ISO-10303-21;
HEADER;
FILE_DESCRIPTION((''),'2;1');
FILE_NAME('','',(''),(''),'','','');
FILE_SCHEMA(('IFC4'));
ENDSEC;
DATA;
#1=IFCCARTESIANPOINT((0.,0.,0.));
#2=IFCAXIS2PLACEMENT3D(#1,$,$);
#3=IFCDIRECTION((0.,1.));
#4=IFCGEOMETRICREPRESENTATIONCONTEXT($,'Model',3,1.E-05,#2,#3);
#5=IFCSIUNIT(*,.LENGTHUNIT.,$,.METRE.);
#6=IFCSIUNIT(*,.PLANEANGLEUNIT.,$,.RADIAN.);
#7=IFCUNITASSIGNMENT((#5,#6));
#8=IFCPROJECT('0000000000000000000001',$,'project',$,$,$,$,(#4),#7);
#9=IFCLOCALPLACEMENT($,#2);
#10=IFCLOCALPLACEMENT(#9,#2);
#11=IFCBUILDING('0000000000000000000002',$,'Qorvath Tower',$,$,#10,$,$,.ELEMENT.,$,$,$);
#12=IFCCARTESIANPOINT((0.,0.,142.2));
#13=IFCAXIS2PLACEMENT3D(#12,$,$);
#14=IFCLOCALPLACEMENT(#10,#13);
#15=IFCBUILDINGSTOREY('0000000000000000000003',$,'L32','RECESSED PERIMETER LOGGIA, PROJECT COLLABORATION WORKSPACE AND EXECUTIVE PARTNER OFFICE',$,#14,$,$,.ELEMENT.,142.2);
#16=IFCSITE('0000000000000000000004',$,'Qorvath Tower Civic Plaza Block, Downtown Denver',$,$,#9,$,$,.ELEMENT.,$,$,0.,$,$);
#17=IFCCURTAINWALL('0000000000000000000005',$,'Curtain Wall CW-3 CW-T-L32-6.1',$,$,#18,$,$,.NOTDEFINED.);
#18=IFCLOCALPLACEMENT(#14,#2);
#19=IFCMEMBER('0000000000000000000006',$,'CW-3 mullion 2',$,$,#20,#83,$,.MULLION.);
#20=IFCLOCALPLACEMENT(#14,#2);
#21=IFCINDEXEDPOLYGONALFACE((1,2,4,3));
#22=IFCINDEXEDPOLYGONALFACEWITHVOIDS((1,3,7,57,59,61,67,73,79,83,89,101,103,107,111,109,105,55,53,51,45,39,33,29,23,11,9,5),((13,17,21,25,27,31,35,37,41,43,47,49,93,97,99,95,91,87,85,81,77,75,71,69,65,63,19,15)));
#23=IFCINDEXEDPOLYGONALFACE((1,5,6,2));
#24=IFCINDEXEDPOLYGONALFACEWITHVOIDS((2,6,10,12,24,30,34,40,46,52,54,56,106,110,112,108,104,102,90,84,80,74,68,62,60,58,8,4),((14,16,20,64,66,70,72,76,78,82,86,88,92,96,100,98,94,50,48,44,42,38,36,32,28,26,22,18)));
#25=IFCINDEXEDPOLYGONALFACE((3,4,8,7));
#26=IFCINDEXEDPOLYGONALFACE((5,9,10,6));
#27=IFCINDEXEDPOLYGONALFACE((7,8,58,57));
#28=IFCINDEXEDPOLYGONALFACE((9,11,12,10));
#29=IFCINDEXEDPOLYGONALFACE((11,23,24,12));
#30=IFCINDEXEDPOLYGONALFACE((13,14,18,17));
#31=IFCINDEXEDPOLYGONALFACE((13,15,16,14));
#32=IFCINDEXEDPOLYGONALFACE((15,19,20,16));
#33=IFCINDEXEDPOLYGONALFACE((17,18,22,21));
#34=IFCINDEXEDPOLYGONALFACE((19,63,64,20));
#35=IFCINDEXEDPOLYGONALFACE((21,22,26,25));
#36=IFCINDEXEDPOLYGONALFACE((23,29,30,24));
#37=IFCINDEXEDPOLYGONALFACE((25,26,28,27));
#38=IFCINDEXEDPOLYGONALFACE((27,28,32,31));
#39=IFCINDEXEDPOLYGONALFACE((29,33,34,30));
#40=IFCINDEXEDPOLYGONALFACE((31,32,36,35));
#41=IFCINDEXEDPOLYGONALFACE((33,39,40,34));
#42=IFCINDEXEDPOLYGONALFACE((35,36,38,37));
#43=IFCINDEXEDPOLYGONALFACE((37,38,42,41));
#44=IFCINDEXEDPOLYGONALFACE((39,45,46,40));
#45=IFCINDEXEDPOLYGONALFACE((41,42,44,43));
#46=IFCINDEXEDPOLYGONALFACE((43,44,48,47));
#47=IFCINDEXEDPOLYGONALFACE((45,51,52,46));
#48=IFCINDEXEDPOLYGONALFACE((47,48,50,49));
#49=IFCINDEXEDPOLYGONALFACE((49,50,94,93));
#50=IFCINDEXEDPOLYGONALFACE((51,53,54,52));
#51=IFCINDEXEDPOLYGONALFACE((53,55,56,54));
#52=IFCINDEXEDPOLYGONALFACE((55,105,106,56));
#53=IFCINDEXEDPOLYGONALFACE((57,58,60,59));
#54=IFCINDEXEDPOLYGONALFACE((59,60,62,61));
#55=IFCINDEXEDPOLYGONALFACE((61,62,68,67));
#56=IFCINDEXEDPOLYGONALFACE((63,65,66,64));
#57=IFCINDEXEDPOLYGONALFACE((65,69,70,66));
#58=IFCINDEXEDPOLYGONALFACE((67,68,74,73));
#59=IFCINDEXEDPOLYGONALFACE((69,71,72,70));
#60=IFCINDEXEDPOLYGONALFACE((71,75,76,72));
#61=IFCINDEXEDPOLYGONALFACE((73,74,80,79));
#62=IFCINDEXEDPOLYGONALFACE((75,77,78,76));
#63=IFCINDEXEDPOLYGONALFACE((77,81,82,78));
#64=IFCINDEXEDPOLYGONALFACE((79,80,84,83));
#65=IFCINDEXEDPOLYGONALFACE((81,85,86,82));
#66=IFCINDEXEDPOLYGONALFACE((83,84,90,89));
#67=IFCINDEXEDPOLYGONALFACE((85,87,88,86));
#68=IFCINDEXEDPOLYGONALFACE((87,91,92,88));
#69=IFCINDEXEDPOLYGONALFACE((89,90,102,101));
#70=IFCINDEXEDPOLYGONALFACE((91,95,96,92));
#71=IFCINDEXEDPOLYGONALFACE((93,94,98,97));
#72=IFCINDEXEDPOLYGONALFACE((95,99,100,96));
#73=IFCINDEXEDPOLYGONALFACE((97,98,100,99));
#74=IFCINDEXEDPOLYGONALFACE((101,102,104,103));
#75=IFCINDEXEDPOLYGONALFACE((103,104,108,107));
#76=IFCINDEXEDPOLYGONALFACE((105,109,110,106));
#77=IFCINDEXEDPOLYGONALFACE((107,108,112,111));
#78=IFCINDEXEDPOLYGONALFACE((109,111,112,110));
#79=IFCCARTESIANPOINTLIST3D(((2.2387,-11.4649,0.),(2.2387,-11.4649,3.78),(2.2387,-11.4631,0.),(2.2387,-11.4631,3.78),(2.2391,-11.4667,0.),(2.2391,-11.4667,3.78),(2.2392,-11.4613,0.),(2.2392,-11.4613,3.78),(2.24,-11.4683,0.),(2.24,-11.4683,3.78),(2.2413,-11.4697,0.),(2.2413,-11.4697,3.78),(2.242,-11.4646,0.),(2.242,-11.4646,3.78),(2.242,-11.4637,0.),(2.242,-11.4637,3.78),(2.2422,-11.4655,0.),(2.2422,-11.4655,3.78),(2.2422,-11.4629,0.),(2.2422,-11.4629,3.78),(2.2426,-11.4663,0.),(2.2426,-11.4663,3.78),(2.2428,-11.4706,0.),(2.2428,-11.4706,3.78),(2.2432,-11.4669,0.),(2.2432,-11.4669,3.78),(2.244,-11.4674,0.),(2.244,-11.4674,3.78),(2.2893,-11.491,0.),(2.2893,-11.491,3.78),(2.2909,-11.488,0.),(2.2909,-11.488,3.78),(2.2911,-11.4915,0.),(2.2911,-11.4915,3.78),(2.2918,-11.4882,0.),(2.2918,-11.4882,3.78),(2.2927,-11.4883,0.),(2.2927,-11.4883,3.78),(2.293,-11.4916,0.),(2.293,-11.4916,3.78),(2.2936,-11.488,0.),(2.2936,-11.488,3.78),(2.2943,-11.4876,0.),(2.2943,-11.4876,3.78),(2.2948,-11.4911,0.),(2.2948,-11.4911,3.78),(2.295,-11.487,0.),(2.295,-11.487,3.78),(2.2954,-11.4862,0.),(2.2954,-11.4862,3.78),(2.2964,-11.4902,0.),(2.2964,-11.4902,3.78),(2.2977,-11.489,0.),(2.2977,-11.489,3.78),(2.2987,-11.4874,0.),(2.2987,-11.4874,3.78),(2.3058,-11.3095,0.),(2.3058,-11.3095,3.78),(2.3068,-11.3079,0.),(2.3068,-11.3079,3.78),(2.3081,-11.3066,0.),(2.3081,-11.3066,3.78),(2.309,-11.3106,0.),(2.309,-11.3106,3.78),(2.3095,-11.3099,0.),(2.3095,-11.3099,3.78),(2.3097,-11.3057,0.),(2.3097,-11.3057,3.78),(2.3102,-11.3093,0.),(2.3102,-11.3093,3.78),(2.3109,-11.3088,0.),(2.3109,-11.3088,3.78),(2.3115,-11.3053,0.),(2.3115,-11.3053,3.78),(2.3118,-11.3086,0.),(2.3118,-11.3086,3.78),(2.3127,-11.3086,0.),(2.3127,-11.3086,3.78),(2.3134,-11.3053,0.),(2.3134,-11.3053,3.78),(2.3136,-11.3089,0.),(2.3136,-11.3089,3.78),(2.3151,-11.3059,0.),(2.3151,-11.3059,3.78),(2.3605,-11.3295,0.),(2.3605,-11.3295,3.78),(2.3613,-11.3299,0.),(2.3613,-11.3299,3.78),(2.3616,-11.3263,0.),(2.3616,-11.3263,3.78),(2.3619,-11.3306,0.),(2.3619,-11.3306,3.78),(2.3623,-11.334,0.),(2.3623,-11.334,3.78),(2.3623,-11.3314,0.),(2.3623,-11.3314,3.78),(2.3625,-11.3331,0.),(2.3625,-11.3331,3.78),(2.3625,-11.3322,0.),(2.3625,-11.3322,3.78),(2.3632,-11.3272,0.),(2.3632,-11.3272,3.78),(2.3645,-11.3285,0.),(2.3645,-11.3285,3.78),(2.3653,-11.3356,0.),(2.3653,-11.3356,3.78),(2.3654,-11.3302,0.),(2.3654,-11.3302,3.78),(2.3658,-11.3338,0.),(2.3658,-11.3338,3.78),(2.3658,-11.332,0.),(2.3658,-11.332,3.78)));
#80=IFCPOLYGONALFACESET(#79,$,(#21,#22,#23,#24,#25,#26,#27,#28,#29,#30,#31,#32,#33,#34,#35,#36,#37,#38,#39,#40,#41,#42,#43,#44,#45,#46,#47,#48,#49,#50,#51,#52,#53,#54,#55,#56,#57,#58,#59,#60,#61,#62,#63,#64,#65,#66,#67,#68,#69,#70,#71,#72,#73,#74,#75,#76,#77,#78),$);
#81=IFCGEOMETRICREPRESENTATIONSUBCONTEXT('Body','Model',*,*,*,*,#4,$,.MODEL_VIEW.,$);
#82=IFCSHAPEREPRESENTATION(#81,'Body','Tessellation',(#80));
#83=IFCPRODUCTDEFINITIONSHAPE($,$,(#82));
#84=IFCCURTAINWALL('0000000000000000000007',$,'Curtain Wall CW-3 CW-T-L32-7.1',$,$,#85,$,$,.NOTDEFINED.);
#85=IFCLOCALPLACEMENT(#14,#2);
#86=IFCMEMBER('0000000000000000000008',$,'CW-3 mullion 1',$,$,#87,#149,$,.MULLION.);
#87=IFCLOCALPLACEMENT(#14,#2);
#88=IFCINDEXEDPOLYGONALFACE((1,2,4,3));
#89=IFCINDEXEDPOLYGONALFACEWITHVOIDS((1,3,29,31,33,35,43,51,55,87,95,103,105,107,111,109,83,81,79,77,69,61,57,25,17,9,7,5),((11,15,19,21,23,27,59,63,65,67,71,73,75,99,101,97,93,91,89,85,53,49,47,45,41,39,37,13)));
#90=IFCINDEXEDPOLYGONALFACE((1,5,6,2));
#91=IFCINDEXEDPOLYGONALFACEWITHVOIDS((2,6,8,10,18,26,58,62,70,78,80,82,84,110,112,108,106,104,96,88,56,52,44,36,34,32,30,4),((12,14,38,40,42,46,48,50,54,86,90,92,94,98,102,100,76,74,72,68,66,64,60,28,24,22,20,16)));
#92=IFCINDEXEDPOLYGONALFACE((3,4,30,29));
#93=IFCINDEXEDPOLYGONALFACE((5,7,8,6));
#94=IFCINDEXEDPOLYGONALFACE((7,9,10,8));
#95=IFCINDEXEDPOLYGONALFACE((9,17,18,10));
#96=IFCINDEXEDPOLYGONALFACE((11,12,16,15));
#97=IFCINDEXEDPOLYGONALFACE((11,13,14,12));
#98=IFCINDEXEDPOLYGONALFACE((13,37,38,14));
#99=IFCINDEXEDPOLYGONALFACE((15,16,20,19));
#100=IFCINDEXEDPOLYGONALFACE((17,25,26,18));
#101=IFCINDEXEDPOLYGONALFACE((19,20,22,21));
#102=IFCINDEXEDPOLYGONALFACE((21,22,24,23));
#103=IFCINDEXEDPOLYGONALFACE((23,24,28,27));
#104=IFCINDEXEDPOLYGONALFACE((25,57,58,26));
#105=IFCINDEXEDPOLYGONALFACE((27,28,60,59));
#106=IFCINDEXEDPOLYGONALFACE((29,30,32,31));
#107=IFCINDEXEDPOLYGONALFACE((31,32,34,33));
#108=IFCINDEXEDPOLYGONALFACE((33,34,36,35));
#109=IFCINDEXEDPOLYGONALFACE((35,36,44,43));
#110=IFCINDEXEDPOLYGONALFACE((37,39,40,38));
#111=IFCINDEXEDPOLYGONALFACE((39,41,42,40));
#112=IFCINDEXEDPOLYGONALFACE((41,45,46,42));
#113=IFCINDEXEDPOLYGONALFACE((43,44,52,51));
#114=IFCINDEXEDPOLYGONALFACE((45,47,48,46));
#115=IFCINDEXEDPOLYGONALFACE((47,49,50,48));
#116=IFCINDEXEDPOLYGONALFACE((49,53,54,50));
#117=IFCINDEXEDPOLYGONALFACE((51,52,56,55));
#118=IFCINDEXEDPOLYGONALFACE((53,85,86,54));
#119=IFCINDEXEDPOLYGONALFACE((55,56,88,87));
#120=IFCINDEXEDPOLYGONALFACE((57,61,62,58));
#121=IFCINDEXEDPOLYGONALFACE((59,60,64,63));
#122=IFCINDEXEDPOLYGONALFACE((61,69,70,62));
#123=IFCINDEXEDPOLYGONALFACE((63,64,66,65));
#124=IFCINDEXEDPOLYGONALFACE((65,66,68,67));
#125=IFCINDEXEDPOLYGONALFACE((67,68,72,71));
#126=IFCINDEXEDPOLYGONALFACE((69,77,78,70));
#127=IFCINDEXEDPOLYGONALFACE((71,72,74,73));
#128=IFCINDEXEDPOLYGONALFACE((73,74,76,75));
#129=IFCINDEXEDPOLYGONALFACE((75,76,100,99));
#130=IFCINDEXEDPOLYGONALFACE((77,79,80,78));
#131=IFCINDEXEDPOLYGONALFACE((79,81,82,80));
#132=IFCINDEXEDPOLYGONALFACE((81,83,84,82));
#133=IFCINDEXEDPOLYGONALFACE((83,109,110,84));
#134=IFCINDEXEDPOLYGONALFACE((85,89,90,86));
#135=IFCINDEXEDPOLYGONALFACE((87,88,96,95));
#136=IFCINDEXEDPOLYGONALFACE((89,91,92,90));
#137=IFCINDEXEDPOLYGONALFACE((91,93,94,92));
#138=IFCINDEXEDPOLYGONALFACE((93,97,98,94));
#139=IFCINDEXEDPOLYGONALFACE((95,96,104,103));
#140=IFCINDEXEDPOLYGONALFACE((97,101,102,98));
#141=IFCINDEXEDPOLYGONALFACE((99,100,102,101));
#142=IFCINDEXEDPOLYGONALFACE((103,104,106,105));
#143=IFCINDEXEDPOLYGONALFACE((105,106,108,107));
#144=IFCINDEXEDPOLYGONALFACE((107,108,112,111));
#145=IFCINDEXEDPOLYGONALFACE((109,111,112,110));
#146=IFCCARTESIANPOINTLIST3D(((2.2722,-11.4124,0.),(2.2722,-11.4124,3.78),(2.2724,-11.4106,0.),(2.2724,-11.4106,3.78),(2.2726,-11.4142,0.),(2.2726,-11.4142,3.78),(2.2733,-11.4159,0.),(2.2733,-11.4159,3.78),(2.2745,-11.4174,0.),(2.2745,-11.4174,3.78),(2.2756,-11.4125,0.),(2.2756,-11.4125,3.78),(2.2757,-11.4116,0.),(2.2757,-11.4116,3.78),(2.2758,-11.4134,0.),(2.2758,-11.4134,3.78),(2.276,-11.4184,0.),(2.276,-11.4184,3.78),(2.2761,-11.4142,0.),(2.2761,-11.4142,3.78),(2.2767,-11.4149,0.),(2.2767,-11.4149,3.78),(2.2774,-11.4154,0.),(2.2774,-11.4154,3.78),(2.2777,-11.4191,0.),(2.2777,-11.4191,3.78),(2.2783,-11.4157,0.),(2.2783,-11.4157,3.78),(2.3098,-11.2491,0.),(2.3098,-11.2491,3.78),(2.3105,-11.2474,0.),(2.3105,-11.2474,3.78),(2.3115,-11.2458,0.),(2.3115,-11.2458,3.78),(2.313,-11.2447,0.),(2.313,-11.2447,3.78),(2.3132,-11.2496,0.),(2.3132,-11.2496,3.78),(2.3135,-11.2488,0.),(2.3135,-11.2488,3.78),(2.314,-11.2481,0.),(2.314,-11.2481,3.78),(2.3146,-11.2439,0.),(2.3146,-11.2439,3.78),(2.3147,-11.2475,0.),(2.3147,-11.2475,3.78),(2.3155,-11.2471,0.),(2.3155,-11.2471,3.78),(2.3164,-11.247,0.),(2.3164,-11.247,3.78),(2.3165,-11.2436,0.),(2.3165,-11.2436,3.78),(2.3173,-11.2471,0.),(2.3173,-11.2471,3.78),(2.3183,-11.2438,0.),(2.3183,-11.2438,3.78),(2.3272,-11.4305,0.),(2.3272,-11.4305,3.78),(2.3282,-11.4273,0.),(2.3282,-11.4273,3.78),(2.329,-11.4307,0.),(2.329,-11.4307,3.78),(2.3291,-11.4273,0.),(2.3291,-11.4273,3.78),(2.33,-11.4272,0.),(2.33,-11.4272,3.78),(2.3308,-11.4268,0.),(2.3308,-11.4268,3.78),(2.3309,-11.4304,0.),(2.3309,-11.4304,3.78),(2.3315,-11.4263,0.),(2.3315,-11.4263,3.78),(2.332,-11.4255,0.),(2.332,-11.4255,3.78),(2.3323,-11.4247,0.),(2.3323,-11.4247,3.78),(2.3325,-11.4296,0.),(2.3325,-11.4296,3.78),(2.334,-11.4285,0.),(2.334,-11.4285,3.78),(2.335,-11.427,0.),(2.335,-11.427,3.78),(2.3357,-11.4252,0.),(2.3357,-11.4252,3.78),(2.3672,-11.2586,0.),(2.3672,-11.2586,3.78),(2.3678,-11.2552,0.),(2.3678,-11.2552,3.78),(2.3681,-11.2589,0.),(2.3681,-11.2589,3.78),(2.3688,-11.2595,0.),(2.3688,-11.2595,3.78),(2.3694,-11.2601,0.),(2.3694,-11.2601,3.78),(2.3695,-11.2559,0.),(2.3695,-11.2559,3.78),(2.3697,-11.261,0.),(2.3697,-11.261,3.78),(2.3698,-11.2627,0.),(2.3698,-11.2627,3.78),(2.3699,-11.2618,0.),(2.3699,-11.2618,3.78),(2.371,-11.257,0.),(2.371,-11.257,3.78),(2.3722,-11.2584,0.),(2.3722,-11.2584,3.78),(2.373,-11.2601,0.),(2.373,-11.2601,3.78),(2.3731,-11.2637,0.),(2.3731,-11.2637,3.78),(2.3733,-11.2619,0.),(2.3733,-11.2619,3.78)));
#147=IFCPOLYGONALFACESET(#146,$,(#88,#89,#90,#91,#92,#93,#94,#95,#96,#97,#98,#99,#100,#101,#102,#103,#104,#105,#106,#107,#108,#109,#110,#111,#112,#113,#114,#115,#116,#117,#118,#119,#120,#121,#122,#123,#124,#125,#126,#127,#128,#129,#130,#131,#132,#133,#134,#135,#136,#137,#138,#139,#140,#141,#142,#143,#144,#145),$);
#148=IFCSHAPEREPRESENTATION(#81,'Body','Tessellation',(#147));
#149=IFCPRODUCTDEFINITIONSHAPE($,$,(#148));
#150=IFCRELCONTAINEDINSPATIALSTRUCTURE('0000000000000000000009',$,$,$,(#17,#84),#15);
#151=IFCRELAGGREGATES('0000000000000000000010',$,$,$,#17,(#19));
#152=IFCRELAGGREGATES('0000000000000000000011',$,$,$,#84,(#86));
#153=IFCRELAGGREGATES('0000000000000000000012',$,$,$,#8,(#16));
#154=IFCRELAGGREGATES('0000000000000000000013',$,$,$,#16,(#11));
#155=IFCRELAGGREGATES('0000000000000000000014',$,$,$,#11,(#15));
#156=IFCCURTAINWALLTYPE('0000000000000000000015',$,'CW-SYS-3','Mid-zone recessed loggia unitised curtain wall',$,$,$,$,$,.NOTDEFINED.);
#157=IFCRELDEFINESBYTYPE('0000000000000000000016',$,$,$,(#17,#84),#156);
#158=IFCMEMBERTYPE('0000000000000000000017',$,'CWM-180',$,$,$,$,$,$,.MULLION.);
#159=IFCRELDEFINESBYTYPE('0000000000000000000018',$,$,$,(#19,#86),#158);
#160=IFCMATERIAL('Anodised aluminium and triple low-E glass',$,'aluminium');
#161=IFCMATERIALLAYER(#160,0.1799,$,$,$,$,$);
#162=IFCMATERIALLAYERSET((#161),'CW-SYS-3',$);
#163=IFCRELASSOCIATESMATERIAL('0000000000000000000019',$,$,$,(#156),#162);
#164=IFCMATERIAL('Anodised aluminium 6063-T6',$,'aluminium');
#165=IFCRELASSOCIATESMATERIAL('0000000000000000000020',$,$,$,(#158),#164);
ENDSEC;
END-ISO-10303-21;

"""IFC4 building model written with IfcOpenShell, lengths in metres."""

from ifc_helpers import new_model, si_unit, direction, frame, origin, origin_2d, place, context, subcontext, project, spatial, hollow_rectangle, extrude, material, layer, layer_set, material_profile, profile_set, type_object, element, aggregate, save


model = new_model("IFC4")

# Units and contexts
model_context = context("Model", 3, precision=1e-05, world=origin(), true_north=direction((0.0, 1.0)))
body_context = subcontext(model_context, "Body", "Model", "MODEL_VIEW")
ifc_project = project(units=[si_unit("LENGTHUNIT", "METRE"), si_unit("PLANEANGLEUNIT", "RADIAN")], contexts=[model_context])

# Site, building, storey
site_placement = place(None, origin())
site = spatial("IfcSite", under=ifc_project, at=site_placement, Name="Qorvath Tower Civic Plaza Block, Downtown Denver", CompositionType="ELEMENT", RefElevation=0.0)
building_placement = place(site_placement, origin())
building = spatial("IfcBuilding", under=site, at=building_placement, Name="Qorvath Tower", CompositionType="ELEMENT")
storey_placement = place(building_placement, frame((0.0, 0.0, 142.2)))
storey = spatial("IfcBuildingStorey", under=building, at=storey_placement, Name="L32", Description="RECESSED PERIMETER LOGGIA, PROJECT COLLABORATION WORKSPACE AND EXECUTIVE PARTNER OFFICE", CompositionType="ELEMENT", Elevation=142.2)

# Curtain walls, members
ifc_material_1 = material(Name="Anodised aluminium and triple low-E glass", Category="aluminium")
ifc_layer_1 = layer(ifc_material_1, 0.1799)
ifc_layer_set_1 = layer_set([ifc_layer_1], Name="CW-SYS-3")
curtain_wall_type = type_object("IfcCurtainWallType", Name="CW-SYS-3", Description="Mid-zone recessed loggia unitised curtain wall", PredefinedType="NOTDEFINED", material=ifc_layer_set_1)
curtain_wall_1_placement = place(storey_placement, origin())
curtain_wall_1 = element("IfcCurtainWall", 1, at=curtain_wall_1_placement, inside=storey, type_object=curtain_wall_type, Name="Curtain Wall CW-3 CW-T-L32-6.1", PredefinedType="NOTDEFINED")
ifc_material_2 = material(Name="Anodised aluminium 6063-T6", Category="aluminium")
ifc_material_profile_1 = material_profile(ifc_material_2, hollow_rectangle(XDim=0.0649, YDim=0.1799, WallThickness=0.0034, InnerFilletRadius=0.0034, OuterFilletRadius=0.0071, at=origin_2d()), Name="CWM 180x65")
ifc_profile_set_1 = profile_set([ifc_material_profile_1], Name="Anodised aluminium 6063-T6")
member_type_1 = type_object("IfcMemberType", Name="CWM-180", PredefinedType="MULLION", material=ifc_profile_set_1)
member_1_placement = place(storey_placement, frame((2.3022, -11.3984, 0.0), z_axis=(0.0, 0.0, 1.0), x_axis=(-0.915704, 0.401854, 0.0)))
member_1 = element("IfcMember", 2, at=member_1_placement, type_object=member_type_1, Name="CW-3 mullion 2", PredefinedType="MULLION", context=body_context, shape_type="SweptSolid", body=[
    extrude(hollow_rectangle(XDim=0.0649, YDim=0.1799, WallThickness=0.0034, InnerFilletRadius=0.0034, OuterFilletRadius=0.0071, at=origin_2d()), origin(), (0.0, 0.0, 1.0), 3.78),
])
curtain_wall_2_placement = place(storey_placement, origin())
curtain_wall_2 = element("IfcCurtainWall", 3, at=curtain_wall_2_placement, inside=storey, type_object=curtain_wall_type, Name="Curtain Wall CW-3 CW-T-L32-7.1", PredefinedType="NOTDEFINED")
member_2_placement = place(storey_placement, frame((2.3228, -11.3372, 0.0), z_axis=(0.0, 0.0, 1.0), x_axis=(-0.974237, 0.225526, 0.0)))
member_2 = element("IfcMember", 4, at=member_2_placement, type_object=member_type_1, Name="CW-3 mullion 1", PredefinedType="MULLION", context=body_context, shape_type="SweptSolid", body=[
    extrude(hollow_rectangle(XDim=0.0649, YDim=0.1799, WallThickness=0.0034, InnerFilletRadius=0.0034, OuterFilletRadius=0.0071, at=origin_2d()), origin(), (0.0, 0.0, 1.0), 3.78),
])

aggregate(curtain_wall_1, [member_1])
aggregate(curtain_wall_2, [member_2])

save(model, "model.ifc")
